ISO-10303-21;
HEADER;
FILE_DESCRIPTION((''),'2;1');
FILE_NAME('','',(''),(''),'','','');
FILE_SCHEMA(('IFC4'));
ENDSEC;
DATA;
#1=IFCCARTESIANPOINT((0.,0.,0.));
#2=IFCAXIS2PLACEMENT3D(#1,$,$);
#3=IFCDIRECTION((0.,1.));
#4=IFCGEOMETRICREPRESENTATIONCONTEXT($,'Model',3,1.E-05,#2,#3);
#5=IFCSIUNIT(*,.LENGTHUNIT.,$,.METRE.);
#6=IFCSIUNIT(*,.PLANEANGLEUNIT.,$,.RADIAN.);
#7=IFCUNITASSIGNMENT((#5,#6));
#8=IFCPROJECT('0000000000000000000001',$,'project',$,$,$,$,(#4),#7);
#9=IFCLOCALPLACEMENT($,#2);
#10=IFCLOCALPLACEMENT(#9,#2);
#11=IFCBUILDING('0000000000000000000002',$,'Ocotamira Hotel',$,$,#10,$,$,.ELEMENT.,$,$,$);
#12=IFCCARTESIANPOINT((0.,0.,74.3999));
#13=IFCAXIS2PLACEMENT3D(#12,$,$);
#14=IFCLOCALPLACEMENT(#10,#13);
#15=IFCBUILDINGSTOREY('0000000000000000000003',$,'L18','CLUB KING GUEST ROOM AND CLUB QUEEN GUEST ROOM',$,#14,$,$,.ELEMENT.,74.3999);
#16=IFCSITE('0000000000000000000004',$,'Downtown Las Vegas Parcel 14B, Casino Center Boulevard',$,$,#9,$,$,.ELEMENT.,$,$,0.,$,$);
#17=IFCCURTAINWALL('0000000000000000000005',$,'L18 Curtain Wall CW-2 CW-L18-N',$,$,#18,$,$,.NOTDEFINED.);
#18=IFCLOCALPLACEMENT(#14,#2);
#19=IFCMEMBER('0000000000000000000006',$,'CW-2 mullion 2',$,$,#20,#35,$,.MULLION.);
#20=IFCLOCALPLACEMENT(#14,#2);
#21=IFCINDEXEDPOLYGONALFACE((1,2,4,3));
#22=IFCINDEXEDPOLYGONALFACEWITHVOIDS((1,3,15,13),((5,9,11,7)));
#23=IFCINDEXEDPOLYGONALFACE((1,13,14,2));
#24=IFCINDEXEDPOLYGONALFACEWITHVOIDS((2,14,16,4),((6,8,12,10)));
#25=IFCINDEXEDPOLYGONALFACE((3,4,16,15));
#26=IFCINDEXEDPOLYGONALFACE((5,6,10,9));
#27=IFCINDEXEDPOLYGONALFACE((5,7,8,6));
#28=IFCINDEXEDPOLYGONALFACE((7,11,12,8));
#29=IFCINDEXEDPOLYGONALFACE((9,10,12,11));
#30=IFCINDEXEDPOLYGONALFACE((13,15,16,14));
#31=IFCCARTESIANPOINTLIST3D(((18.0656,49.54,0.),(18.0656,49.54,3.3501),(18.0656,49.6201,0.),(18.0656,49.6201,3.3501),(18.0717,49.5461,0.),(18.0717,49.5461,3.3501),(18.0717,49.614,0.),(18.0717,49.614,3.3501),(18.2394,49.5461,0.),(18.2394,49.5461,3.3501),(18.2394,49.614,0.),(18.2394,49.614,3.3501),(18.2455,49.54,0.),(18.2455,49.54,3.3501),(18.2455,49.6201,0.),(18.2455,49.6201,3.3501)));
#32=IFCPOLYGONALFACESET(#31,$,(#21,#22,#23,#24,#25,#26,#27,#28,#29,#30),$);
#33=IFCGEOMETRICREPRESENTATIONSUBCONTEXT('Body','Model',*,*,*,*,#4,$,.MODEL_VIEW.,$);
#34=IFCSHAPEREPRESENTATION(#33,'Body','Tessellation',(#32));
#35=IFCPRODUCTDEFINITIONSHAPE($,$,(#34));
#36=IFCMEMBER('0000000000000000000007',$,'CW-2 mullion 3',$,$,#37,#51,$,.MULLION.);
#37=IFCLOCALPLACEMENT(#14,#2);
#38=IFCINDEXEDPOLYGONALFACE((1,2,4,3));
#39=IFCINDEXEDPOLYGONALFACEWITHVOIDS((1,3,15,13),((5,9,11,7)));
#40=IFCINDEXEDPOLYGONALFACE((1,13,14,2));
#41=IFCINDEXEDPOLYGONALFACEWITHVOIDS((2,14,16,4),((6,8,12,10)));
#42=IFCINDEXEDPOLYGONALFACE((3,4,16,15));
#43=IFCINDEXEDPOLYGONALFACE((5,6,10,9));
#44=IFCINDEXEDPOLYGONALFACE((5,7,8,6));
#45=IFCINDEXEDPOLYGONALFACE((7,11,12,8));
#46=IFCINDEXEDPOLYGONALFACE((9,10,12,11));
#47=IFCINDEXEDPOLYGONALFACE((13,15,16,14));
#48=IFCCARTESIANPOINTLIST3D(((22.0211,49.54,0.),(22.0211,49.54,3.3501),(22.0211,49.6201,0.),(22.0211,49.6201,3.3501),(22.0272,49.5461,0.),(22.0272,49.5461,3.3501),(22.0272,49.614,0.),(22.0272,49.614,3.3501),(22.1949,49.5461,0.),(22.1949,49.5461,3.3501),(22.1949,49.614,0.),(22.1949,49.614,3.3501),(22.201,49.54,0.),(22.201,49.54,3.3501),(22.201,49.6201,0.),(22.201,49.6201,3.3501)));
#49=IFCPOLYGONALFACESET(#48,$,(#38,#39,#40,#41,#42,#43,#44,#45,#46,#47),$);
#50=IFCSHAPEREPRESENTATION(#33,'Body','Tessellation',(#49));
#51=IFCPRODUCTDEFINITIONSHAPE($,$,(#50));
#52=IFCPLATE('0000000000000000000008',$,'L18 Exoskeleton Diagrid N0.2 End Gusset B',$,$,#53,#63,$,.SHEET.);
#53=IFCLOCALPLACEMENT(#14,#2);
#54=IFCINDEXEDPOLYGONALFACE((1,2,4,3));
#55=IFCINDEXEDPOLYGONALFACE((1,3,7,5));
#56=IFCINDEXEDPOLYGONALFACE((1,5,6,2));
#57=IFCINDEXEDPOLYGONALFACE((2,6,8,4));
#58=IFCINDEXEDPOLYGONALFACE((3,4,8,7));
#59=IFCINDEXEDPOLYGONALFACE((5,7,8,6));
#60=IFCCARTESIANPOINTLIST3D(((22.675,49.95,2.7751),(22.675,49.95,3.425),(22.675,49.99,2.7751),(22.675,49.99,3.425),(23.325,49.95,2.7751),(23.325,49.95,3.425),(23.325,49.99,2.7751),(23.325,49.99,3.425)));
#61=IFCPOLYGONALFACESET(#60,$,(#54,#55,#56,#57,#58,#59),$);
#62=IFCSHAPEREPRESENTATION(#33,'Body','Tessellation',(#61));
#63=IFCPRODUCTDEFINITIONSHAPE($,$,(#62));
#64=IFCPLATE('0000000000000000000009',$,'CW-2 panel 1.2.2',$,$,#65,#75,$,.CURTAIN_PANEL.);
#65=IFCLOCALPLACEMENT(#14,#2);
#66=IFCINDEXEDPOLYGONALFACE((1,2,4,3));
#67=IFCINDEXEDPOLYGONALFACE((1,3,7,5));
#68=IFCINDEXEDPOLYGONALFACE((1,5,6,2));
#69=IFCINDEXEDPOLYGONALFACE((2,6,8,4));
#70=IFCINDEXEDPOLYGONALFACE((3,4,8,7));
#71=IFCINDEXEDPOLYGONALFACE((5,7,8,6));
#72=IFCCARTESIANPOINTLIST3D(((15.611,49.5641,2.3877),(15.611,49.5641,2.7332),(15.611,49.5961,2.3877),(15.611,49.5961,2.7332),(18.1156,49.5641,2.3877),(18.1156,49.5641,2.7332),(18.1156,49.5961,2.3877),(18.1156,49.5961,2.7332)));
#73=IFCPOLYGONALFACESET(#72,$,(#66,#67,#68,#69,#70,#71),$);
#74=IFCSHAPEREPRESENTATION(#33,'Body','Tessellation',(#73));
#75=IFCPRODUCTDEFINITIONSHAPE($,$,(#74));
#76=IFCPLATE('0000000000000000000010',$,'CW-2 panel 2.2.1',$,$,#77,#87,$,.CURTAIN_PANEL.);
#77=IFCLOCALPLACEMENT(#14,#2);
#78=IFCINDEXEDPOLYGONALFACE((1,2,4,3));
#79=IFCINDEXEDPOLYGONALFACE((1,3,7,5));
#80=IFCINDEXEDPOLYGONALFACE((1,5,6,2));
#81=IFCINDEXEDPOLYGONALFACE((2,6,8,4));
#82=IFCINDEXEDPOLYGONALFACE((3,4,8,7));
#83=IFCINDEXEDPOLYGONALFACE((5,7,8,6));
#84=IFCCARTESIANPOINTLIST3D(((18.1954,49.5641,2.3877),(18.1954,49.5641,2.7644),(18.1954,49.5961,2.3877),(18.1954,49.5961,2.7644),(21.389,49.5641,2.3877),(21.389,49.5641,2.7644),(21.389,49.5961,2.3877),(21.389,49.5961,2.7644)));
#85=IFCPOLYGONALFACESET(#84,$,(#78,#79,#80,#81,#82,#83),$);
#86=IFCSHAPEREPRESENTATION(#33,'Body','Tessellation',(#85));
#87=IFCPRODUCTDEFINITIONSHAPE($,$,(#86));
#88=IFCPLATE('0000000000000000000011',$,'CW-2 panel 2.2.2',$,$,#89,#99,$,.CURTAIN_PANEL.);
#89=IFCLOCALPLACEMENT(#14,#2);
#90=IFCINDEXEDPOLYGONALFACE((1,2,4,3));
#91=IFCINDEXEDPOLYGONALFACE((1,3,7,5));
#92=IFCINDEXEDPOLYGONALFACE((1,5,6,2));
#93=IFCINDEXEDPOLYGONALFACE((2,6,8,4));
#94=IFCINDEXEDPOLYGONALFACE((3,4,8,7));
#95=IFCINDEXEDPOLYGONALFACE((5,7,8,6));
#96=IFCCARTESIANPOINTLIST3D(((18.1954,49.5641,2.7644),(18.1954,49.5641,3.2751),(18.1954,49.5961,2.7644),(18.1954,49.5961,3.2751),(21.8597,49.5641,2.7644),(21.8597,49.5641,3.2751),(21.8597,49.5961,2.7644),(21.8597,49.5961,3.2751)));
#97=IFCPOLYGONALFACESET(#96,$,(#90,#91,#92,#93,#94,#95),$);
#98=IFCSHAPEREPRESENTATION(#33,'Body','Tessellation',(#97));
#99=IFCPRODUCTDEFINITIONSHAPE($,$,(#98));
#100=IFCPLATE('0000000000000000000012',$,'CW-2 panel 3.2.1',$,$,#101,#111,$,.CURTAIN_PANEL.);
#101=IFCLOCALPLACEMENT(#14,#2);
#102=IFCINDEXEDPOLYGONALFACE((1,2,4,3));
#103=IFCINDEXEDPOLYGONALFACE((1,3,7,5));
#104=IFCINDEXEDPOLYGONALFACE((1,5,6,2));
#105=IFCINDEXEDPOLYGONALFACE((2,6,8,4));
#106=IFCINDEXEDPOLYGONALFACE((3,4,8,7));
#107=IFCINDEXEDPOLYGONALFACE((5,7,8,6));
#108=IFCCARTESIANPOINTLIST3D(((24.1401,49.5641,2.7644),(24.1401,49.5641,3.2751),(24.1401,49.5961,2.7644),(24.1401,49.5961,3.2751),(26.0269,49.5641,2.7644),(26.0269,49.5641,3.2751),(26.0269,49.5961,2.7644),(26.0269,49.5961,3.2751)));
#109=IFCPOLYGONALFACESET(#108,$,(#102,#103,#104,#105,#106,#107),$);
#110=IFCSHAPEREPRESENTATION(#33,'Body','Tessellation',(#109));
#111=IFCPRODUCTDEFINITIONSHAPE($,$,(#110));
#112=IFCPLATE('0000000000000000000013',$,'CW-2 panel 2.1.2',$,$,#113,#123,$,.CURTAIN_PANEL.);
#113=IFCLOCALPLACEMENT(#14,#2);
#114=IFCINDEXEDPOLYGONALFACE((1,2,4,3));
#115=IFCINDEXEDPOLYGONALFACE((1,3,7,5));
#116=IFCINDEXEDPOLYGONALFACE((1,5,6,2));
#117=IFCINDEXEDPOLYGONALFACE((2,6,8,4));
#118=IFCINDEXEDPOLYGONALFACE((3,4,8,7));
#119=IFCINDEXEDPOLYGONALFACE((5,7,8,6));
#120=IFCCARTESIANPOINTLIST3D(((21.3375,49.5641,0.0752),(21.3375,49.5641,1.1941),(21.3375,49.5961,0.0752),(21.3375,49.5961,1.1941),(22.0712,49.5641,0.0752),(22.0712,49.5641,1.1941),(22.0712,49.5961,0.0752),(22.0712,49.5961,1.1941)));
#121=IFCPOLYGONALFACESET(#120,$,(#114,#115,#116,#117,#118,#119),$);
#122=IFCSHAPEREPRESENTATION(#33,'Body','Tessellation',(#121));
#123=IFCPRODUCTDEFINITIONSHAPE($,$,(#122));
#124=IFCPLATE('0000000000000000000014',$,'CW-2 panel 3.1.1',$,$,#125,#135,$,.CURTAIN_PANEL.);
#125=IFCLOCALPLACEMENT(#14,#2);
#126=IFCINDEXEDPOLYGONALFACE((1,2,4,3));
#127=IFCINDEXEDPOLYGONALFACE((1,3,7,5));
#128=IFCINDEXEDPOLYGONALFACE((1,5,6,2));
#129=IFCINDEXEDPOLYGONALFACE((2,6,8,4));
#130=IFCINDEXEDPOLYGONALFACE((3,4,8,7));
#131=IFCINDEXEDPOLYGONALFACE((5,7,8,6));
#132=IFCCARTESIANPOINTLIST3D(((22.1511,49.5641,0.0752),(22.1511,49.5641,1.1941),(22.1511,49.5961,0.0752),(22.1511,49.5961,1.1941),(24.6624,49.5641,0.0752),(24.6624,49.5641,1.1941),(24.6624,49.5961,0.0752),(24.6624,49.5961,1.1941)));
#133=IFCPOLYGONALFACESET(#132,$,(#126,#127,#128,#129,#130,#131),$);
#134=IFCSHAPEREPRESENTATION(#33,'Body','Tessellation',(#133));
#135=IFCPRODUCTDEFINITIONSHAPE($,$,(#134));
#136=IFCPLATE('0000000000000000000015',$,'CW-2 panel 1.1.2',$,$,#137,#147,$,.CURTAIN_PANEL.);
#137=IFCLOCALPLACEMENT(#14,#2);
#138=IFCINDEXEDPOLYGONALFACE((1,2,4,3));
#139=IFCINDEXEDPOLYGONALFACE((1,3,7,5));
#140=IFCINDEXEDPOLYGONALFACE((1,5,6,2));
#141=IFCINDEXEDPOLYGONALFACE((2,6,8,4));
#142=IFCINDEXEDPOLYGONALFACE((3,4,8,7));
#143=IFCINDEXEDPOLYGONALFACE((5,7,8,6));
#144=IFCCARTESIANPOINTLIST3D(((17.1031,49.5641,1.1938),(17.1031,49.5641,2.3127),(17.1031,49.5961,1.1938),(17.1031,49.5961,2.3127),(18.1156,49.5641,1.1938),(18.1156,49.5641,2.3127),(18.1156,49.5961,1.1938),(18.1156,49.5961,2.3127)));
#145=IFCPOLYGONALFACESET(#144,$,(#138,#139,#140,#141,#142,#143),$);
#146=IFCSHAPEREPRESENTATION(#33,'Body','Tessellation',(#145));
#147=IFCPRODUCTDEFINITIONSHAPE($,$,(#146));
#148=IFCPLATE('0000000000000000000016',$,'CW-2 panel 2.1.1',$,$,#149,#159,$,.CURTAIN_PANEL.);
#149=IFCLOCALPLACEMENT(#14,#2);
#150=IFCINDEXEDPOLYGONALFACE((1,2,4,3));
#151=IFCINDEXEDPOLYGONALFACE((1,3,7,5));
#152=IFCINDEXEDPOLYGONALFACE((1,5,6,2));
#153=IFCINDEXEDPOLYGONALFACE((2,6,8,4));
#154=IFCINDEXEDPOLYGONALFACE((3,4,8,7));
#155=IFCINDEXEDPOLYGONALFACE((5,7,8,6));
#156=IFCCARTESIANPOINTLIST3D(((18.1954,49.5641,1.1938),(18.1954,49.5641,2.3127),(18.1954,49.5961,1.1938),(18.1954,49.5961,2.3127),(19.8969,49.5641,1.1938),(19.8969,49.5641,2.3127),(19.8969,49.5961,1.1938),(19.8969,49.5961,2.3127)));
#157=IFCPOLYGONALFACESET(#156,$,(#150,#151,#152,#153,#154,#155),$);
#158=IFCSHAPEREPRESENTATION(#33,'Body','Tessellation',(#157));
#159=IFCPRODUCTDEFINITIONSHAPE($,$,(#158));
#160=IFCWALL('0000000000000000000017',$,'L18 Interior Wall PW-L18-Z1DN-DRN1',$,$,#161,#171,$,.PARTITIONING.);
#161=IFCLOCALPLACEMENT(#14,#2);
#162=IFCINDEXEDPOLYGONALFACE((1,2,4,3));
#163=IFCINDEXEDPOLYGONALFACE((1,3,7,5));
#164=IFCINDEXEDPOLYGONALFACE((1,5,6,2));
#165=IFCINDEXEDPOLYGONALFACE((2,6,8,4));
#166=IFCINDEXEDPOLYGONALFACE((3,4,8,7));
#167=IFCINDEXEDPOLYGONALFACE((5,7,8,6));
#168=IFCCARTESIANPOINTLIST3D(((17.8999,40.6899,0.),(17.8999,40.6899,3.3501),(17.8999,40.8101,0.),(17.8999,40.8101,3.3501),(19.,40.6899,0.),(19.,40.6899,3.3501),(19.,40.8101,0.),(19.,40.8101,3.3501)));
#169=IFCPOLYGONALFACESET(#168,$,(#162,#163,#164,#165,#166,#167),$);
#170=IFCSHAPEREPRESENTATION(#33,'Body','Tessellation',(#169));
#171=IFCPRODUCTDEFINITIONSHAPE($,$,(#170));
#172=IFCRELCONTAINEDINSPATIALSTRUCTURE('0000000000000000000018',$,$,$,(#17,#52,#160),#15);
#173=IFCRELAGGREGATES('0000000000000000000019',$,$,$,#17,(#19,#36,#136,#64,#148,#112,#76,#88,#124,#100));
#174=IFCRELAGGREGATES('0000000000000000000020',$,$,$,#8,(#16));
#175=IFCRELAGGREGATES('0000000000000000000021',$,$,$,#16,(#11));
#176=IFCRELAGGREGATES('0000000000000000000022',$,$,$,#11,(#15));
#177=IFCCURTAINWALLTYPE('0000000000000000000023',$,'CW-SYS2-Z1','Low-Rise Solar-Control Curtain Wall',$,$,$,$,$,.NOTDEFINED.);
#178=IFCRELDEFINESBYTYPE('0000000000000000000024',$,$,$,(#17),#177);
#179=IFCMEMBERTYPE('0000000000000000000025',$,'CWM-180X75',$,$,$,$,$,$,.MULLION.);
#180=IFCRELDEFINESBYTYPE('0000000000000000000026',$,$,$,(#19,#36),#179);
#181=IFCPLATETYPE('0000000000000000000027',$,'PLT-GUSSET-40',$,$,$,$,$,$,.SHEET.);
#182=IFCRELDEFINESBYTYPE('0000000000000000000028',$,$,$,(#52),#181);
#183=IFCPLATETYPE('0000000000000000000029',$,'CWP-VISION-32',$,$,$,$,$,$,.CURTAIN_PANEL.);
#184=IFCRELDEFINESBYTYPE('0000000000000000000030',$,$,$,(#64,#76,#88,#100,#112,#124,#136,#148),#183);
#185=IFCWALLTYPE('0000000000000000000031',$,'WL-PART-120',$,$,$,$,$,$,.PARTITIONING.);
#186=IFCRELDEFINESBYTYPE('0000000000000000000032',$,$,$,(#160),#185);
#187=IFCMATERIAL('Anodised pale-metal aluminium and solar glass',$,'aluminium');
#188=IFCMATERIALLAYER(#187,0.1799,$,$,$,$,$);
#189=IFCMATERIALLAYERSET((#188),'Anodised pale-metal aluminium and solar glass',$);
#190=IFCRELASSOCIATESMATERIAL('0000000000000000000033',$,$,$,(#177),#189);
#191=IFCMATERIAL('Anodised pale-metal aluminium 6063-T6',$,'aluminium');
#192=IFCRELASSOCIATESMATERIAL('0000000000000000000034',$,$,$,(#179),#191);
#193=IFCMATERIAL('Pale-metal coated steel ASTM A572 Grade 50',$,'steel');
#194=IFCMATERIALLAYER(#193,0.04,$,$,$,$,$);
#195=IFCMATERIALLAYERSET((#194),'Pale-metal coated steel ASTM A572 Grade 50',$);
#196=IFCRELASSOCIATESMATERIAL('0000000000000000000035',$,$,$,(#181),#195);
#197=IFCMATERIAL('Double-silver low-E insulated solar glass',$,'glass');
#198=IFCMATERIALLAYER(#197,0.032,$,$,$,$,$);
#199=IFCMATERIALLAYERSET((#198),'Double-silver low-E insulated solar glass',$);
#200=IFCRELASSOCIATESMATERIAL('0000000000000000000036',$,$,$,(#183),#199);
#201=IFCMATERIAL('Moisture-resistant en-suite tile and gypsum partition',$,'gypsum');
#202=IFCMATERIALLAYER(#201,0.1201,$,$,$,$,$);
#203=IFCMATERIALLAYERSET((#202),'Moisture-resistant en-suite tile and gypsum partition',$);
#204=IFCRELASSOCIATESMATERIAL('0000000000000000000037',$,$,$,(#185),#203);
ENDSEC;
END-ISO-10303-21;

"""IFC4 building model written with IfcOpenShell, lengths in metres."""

from ifc_helpers import new_model, si_unit, direction, frame, frame_2d, origin, origin_2d, place, context, subcontext, project, spatial, rectangle, hollow_rectangle, extrude, source, transform, mapped, material, layer, layer_set, material_profile, profile_set, type_object, element, aggregate, save


model = new_model("IFC4")

# Units and contexts
model_context = context("Model", 3, precision=1e-05, world=origin(), true_north=direction((0.0, 1.0)))
body_context = subcontext(model_context, "Body", "Model", "MODEL_VIEW")
ifc_project = project(units=[si_unit("LENGTHUNIT", "METRE"), si_unit("PLANEANGLEUNIT", "RADIAN")], contexts=[model_context])

# Site, building, storey
site_placement = place(None, origin())
site = spatial("IfcSite", under=ifc_project, at=site_placement, Name="Downtown Las Vegas Parcel 14B, Casino Center Boulevard", CompositionType="ELEMENT", RefElevation=0.0)
building_placement = place(site_placement, origin())
building = spatial("IfcBuilding", under=site, at=building_placement, Name="Ocotamira Hotel", CompositionType="ELEMENT")
storey_placement = place(building_placement, frame((0.0, 0.0, 74.3999)))
storey = spatial("IfcBuildingStorey", under=building, at=storey_placement, Name="L18", Description="CLUB KING GUEST ROOM AND CLUB QUEEN GUEST ROOM", CompositionType="ELEMENT", Elevation=74.3999)

# Curtain wall, members
ifc_material_1 = material(Name="Anodised pale-metal aluminium and solar glass", Category="aluminium")
ifc_layer_1 = layer(ifc_material_1, 0.1799)
ifc_layer_set_1 = layer_set([ifc_layer_1], Name="Anodised pale-metal aluminium and solar glass")
curtain_wall_type = type_object("IfcCurtainWallType", Name="CW-SYS2-Z1", Description="Low-Rise Solar-Control Curtain Wall", PredefinedType="NOTDEFINED", material=ifc_layer_set_1)
curtain_wall_placement = place(storey_placement, origin())
curtain_wall = element("IfcCurtainWall", 1, at=curtain_wall_placement, inside=storey, type_object=curtain_wall_type, Name="L18 Curtain Wall CW-2 CW-L18-N", PredefinedType="NOTDEFINED")
ifc_material_2 = material(Name="Anodised pale-metal aluminium 6063-T6", Category="aluminium")
ifc_material_profile_1 = material_profile(ifc_material_2, hollow_rectangle(XDim=0.0801, YDim=0.1799, WallThickness=0.0061, at=origin_2d()), Name="HSS180X80X6")
ifc_profile_set_1 = profile_set([ifc_material_profile_1], Name="Anodised pale-metal aluminium 6063-T6")
member_type_1 = type_object("IfcMemberType", Name="CWM-180X75", PredefinedType="MULLION", material=ifc_profile_set_1)
shared_shape_1 = source(origin(), body_context, "Body", "SweptSolid", [
    extrude(hollow_rectangle(XDim=0.0801, YDim=0.1799, WallThickness=0.0061, at=origin_2d()), origin(), (0.0, 0.0, 1.0), 3.3501),
])
member_1_placement = place(storey_placement, frame((18.1555, 49.5801, 0.0), z_axis=(0.0, 0.0, 1.0), x_axis=(0.0, 1.0, 0.0)))
member_1 = element("IfcMember", 2, at=member_1_placement, type_object=member_type_1, Name="CW-2 mullion 2", PredefinedType="MULLION", context=body_context, shape_type="MappedRepresentation", body=[
    mapped(shared_shape_1, transform((0.0, 0.0, 0.0), scale=1.0)),
])
member_2_placement = place(storey_placement, frame((22.1111, 49.5801, 0.0), z_axis=(0.0, 0.0, 1.0), x_axis=(0.0, 1.0, 0.0)))
member_2 = element("IfcMember", 3, at=member_2_placement, type_object=member_type_1, Name="CW-2 mullion 3", PredefinedType="MULLION", context=body_context, shape_type="MappedRepresentation", body=[
    mapped(shared_shape_1, transform((0.0, 0.0, 0.0), scale=1.0)),
])

# Plates
ifc_material_3 = material(Name="Pale-metal coated steel ASTM A572 Grade 50", Category="steel")
ifc_layer_2 = layer(ifc_material_3, 0.04)
ifc_layer_set_2 = layer_set([ifc_layer_2], Name="Pale-metal coated steel ASTM A572 Grade 50")
plate_type_1 = type_object("IfcPlateType", Name="PLT-GUSSET-40", PredefinedType="SHEET", material=ifc_layer_set_2)
shared_shape_2 = source(origin(), body_context, "Body", "SweptSolid", [
    extrude(rectangle(XDim=0.6499, YDim=0.04, at=origin_2d()), origin(), (0.0, 0.0, 1.0), 0.6499),
])
plate_1_placement = place(storey_placement, frame((23.0, 49.97, 2.7751), z_axis=(0.0, 0.0, 1.0), x_axis=(1.0, 0.0, 0.0)))
element("IfcPlate", 4, at=plate_1_placement, inside=storey, type_object=plate_type_1, Name="L18 Exoskeleton Diagrid N0.2 End Gusset B", PredefinedType="SHEET", context=body_context, shape_type="MappedRepresentation", body=[
    mapped(shared_shape_2, transform((0.0, 0.0, 0.0), scale=1.0)),
])
ifc_material_4 = material(Name="Double-silver low-E insulated solar glass", Category="glass")
ifc_layer_3 = layer(ifc_material_4, 0.032)
ifc_layer_set_3 = layer_set([ifc_layer_3], Name="Double-silver low-E insulated solar glass")
plate_type_2 = type_object("IfcPlateType", Name="CWP-VISION-32", PredefinedType="CURTAIN_PANEL", material=ifc_layer_set_3)
shared_shape_3 = source(origin(), body_context, "Body", "SweptSolid", [
    extrude(rectangle(XDim=2.5046, YDim=0.032, at=origin_2d()), origin(), (0.0, 0.0, 1.0), 0.3455),
])
plate_2_placement = place(storey_placement, frame((16.8633, 49.5801, 2.3877), z_axis=(0.0, 0.0, 1.0), x_axis=(1.0, 0.0, 0.0)))
plate_2 = element("IfcPlate", 5, at=plate_2_placement, type_object=plate_type_2, Name="CW-2 panel 1.2.2", PredefinedType="CURTAIN_PANEL", context=body_context, shape_type="MappedRepresentation", body=[
    mapped(shared_shape_3, transform((0.0, 0.0, 0.0), scale=1.0)),
])
shared_shape_4 = source(origin(), body_context, "Body", "SweptSolid", [
    extrude(rectangle(XDim=3.1936, YDim=0.032, at=origin_2d()), origin(), (0.0, 0.0, 1.0), 0.3767),
])
plate_3_placement = place(storey_placement, frame((19.7922, 49.5801, 2.3877), z_axis=(0.0, 0.0, 1.0), x_axis=(1.0, 0.0, 0.0)))
plate_3 = element("IfcPlate", 6, at=plate_3_placement, type_object=plate_type_2, Name="CW-2 panel 2.2.1", PredefinedType="CURTAIN_PANEL", context=body_context, shape_type="MappedRepresentation", body=[
    mapped(shared_shape_4, transform((0.0, 0.0, 0.0), scale=1.0)),
])
shared_shape_5 = source(origin(), body_context, "Body", "SweptSolid", [
    extrude(rectangle(XDim=3.6643, YDim=0.032, at=origin_2d()), origin(), (0.0, 0.0, 1.0), 0.5107),
])
plate_4_placement = place(storey_placement, frame((20.0276, 49.5801, 2.7644), z_axis=(0.0, 0.0, 1.0), x_axis=(1.0, 0.0, 0.0)))
plate_4 = element("IfcPlate", 7, at=plate_4_placement, type_object=plate_type_2, Name="CW-2 panel 2.2.2", PredefinedType="CURTAIN_PANEL", context=body_context, shape_type="MappedRepresentation", body=[
    mapped(shared_shape_5, transform((0.0, 0.0, 0.0), scale=1.0)),
])
shared_shape_6 = source(origin(), body_context, "Body", "SweptSolid", [
    extrude(rectangle(XDim=1.8867, YDim=0.032, at=origin_2d()), origin(), (0.0, 0.0, 1.0), 0.5107),
])
plate_5_placement = place(storey_placement, frame((25.0835, 49.5801, 2.7644), z_axis=(0.0, 0.0, 1.0), x_axis=(1.0, 0.0, 0.0)))
plate_5 = element("IfcPlate", 8, at=plate_5_placement, type_object=plate_type_2, Name="CW-2 panel 3.2.1", PredefinedType="CURTAIN_PANEL", context=body_context, shape_type="MappedRepresentation", body=[
    mapped(shared_shape_6, transform((0.0, 0.0, 0.0), scale=1.0)),
])
shared_shape_7 = source(origin(), body_context, "Body", "SweptSolid", [
    extrude(rectangle(XDim=0.7336, YDim=0.032, at=origin_2d()), origin(), (0.0, 0.0, 1.0), 1.1189),
])
plate_6_placement = place(storey_placement, frame((21.7043, 49.5801, 0.0752), z_axis=(0.0, 0.0, 1.0), x_axis=(1.0, 0.0, 0.0)))
plate_6 = element("IfcPlate", 9, at=plate_6_placement, type_object=plate_type_2, Name="CW-2 panel 2.1.2", PredefinedType="CURTAIN_PANEL", context=body_context, shape_type="MappedRepresentation", body=[
    mapped(shared_shape_7, transform((0.0, 0.0, 0.0), scale=1.0)),
])
shared_shape_8 = source(origin(), body_context, "Body", "SweptSolid", [
    extrude(rectangle(XDim=2.5112, YDim=0.032, at=origin_2d()), origin(), (0.0, 0.0, 1.0), 1.1189),
])
plate_7_placement = place(storey_placement, frame((23.4067, 49.5801, 0.0752), z_axis=(0.0, 0.0, 1.0), x_axis=(1.0, 0.0, 0.0)))
plate_7 = element("IfcPlate", 10, at=plate_7_placement, type_object=plate_type_2, Name="CW-2 panel 3.1.1", PredefinedType="CURTAIN_PANEL", context=body_context, shape_type="MappedRepresentation", body=[
    mapped(shared_shape_8, transform((0.0, 0.0, 0.0), scale=1.0)),
])
shared_shape_9 = source(origin(), body_context, "Body", "SweptSolid", [
    extrude(rectangle(XDim=1.0125, YDim=0.032, at=origin_2d()), origin(), (0.0, 0.0, 1.0), 1.1189),
])
plate_8_placement = place(storey_placement, frame((17.6094, 49.5801, 1.1938), z_axis=(0.0, 0.0, 1.0), x_axis=(1.0, 0.0, 0.0)))
plate_8 = element("IfcPlate", 11, at=plate_8_placement, type_object=plate_type_2, Name="CW-2 panel 1.1.2", PredefinedType="CURTAIN_PANEL", context=body_context, shape_type="MappedRepresentation", body=[
    mapped(shared_shape_9, transform((0.0, 0.0, 0.0), scale=1.0)),
])
shared_shape_10 = source(origin(), body_context, "Body", "SweptSolid", [
    extrude(rectangle(XDim=1.7014, YDim=0.032, at=origin_2d()), origin(), (0.0, 0.0, 1.0), 1.1189),
])
plate_9_placement = place(storey_placement, frame((19.0461, 49.5801, 1.1938), z_axis=(0.0, 0.0, 1.0), x_axis=(1.0, 0.0, 0.0)))
plate_9 = element("IfcPlate", 12, at=plate_9_placement, type_object=plate_type_2, Name="CW-2 panel 2.1.1", PredefinedType="CURTAIN_PANEL", context=body_context, shape_type="MappedRepresentation", body=[
    mapped(shared_shape_10, transform((0.0, 0.0, 0.0), scale=1.0)),
])
aggregate(curtain_wall, [member_1, member_2, plate_8, plate_2, plate_9, plate_6, plate_3, plate_4, plate_7, plate_5])

# Wall
ifc_material_5 = material(Name="Moisture-resistant en-suite tile and gypsum partition", Category="gypsum")
ifc_layer_4 = layer(ifc_material_5, 0.1201)
ifc_layer_set_4 = layer_set([ifc_layer_4], Name="Moisture-resistant en-suite tile and gypsum partition")
wall_type_1 = type_object("IfcWallType", Name="WL-PART-120", PredefinedType="PARTITIONING", material=ifc_layer_set_4)
wall_1_placement = place(storey_placement, frame((17.8999, 40.75, 0.0), z_axis=(0.0, 0.0, 1.0), x_axis=(1.0, 0.0, 0.0)))
element("IfcWall", 13, at=wall_1_placement, inside=storey, type_object=wall_type_1, Name="L18 Interior Wall PW-L18-Z1DN-DRN1", PredefinedType="PARTITIONING", context=body_context, shape_type="SweptSolid", body=[
    extrude(rectangle(XDim=1.1001, YDim=0.1201, at=frame_2d((0.55, 0.0))), origin(), (0.0, 0.0, 1.0), 3.3501),
])

save(model, "model.ifc")
